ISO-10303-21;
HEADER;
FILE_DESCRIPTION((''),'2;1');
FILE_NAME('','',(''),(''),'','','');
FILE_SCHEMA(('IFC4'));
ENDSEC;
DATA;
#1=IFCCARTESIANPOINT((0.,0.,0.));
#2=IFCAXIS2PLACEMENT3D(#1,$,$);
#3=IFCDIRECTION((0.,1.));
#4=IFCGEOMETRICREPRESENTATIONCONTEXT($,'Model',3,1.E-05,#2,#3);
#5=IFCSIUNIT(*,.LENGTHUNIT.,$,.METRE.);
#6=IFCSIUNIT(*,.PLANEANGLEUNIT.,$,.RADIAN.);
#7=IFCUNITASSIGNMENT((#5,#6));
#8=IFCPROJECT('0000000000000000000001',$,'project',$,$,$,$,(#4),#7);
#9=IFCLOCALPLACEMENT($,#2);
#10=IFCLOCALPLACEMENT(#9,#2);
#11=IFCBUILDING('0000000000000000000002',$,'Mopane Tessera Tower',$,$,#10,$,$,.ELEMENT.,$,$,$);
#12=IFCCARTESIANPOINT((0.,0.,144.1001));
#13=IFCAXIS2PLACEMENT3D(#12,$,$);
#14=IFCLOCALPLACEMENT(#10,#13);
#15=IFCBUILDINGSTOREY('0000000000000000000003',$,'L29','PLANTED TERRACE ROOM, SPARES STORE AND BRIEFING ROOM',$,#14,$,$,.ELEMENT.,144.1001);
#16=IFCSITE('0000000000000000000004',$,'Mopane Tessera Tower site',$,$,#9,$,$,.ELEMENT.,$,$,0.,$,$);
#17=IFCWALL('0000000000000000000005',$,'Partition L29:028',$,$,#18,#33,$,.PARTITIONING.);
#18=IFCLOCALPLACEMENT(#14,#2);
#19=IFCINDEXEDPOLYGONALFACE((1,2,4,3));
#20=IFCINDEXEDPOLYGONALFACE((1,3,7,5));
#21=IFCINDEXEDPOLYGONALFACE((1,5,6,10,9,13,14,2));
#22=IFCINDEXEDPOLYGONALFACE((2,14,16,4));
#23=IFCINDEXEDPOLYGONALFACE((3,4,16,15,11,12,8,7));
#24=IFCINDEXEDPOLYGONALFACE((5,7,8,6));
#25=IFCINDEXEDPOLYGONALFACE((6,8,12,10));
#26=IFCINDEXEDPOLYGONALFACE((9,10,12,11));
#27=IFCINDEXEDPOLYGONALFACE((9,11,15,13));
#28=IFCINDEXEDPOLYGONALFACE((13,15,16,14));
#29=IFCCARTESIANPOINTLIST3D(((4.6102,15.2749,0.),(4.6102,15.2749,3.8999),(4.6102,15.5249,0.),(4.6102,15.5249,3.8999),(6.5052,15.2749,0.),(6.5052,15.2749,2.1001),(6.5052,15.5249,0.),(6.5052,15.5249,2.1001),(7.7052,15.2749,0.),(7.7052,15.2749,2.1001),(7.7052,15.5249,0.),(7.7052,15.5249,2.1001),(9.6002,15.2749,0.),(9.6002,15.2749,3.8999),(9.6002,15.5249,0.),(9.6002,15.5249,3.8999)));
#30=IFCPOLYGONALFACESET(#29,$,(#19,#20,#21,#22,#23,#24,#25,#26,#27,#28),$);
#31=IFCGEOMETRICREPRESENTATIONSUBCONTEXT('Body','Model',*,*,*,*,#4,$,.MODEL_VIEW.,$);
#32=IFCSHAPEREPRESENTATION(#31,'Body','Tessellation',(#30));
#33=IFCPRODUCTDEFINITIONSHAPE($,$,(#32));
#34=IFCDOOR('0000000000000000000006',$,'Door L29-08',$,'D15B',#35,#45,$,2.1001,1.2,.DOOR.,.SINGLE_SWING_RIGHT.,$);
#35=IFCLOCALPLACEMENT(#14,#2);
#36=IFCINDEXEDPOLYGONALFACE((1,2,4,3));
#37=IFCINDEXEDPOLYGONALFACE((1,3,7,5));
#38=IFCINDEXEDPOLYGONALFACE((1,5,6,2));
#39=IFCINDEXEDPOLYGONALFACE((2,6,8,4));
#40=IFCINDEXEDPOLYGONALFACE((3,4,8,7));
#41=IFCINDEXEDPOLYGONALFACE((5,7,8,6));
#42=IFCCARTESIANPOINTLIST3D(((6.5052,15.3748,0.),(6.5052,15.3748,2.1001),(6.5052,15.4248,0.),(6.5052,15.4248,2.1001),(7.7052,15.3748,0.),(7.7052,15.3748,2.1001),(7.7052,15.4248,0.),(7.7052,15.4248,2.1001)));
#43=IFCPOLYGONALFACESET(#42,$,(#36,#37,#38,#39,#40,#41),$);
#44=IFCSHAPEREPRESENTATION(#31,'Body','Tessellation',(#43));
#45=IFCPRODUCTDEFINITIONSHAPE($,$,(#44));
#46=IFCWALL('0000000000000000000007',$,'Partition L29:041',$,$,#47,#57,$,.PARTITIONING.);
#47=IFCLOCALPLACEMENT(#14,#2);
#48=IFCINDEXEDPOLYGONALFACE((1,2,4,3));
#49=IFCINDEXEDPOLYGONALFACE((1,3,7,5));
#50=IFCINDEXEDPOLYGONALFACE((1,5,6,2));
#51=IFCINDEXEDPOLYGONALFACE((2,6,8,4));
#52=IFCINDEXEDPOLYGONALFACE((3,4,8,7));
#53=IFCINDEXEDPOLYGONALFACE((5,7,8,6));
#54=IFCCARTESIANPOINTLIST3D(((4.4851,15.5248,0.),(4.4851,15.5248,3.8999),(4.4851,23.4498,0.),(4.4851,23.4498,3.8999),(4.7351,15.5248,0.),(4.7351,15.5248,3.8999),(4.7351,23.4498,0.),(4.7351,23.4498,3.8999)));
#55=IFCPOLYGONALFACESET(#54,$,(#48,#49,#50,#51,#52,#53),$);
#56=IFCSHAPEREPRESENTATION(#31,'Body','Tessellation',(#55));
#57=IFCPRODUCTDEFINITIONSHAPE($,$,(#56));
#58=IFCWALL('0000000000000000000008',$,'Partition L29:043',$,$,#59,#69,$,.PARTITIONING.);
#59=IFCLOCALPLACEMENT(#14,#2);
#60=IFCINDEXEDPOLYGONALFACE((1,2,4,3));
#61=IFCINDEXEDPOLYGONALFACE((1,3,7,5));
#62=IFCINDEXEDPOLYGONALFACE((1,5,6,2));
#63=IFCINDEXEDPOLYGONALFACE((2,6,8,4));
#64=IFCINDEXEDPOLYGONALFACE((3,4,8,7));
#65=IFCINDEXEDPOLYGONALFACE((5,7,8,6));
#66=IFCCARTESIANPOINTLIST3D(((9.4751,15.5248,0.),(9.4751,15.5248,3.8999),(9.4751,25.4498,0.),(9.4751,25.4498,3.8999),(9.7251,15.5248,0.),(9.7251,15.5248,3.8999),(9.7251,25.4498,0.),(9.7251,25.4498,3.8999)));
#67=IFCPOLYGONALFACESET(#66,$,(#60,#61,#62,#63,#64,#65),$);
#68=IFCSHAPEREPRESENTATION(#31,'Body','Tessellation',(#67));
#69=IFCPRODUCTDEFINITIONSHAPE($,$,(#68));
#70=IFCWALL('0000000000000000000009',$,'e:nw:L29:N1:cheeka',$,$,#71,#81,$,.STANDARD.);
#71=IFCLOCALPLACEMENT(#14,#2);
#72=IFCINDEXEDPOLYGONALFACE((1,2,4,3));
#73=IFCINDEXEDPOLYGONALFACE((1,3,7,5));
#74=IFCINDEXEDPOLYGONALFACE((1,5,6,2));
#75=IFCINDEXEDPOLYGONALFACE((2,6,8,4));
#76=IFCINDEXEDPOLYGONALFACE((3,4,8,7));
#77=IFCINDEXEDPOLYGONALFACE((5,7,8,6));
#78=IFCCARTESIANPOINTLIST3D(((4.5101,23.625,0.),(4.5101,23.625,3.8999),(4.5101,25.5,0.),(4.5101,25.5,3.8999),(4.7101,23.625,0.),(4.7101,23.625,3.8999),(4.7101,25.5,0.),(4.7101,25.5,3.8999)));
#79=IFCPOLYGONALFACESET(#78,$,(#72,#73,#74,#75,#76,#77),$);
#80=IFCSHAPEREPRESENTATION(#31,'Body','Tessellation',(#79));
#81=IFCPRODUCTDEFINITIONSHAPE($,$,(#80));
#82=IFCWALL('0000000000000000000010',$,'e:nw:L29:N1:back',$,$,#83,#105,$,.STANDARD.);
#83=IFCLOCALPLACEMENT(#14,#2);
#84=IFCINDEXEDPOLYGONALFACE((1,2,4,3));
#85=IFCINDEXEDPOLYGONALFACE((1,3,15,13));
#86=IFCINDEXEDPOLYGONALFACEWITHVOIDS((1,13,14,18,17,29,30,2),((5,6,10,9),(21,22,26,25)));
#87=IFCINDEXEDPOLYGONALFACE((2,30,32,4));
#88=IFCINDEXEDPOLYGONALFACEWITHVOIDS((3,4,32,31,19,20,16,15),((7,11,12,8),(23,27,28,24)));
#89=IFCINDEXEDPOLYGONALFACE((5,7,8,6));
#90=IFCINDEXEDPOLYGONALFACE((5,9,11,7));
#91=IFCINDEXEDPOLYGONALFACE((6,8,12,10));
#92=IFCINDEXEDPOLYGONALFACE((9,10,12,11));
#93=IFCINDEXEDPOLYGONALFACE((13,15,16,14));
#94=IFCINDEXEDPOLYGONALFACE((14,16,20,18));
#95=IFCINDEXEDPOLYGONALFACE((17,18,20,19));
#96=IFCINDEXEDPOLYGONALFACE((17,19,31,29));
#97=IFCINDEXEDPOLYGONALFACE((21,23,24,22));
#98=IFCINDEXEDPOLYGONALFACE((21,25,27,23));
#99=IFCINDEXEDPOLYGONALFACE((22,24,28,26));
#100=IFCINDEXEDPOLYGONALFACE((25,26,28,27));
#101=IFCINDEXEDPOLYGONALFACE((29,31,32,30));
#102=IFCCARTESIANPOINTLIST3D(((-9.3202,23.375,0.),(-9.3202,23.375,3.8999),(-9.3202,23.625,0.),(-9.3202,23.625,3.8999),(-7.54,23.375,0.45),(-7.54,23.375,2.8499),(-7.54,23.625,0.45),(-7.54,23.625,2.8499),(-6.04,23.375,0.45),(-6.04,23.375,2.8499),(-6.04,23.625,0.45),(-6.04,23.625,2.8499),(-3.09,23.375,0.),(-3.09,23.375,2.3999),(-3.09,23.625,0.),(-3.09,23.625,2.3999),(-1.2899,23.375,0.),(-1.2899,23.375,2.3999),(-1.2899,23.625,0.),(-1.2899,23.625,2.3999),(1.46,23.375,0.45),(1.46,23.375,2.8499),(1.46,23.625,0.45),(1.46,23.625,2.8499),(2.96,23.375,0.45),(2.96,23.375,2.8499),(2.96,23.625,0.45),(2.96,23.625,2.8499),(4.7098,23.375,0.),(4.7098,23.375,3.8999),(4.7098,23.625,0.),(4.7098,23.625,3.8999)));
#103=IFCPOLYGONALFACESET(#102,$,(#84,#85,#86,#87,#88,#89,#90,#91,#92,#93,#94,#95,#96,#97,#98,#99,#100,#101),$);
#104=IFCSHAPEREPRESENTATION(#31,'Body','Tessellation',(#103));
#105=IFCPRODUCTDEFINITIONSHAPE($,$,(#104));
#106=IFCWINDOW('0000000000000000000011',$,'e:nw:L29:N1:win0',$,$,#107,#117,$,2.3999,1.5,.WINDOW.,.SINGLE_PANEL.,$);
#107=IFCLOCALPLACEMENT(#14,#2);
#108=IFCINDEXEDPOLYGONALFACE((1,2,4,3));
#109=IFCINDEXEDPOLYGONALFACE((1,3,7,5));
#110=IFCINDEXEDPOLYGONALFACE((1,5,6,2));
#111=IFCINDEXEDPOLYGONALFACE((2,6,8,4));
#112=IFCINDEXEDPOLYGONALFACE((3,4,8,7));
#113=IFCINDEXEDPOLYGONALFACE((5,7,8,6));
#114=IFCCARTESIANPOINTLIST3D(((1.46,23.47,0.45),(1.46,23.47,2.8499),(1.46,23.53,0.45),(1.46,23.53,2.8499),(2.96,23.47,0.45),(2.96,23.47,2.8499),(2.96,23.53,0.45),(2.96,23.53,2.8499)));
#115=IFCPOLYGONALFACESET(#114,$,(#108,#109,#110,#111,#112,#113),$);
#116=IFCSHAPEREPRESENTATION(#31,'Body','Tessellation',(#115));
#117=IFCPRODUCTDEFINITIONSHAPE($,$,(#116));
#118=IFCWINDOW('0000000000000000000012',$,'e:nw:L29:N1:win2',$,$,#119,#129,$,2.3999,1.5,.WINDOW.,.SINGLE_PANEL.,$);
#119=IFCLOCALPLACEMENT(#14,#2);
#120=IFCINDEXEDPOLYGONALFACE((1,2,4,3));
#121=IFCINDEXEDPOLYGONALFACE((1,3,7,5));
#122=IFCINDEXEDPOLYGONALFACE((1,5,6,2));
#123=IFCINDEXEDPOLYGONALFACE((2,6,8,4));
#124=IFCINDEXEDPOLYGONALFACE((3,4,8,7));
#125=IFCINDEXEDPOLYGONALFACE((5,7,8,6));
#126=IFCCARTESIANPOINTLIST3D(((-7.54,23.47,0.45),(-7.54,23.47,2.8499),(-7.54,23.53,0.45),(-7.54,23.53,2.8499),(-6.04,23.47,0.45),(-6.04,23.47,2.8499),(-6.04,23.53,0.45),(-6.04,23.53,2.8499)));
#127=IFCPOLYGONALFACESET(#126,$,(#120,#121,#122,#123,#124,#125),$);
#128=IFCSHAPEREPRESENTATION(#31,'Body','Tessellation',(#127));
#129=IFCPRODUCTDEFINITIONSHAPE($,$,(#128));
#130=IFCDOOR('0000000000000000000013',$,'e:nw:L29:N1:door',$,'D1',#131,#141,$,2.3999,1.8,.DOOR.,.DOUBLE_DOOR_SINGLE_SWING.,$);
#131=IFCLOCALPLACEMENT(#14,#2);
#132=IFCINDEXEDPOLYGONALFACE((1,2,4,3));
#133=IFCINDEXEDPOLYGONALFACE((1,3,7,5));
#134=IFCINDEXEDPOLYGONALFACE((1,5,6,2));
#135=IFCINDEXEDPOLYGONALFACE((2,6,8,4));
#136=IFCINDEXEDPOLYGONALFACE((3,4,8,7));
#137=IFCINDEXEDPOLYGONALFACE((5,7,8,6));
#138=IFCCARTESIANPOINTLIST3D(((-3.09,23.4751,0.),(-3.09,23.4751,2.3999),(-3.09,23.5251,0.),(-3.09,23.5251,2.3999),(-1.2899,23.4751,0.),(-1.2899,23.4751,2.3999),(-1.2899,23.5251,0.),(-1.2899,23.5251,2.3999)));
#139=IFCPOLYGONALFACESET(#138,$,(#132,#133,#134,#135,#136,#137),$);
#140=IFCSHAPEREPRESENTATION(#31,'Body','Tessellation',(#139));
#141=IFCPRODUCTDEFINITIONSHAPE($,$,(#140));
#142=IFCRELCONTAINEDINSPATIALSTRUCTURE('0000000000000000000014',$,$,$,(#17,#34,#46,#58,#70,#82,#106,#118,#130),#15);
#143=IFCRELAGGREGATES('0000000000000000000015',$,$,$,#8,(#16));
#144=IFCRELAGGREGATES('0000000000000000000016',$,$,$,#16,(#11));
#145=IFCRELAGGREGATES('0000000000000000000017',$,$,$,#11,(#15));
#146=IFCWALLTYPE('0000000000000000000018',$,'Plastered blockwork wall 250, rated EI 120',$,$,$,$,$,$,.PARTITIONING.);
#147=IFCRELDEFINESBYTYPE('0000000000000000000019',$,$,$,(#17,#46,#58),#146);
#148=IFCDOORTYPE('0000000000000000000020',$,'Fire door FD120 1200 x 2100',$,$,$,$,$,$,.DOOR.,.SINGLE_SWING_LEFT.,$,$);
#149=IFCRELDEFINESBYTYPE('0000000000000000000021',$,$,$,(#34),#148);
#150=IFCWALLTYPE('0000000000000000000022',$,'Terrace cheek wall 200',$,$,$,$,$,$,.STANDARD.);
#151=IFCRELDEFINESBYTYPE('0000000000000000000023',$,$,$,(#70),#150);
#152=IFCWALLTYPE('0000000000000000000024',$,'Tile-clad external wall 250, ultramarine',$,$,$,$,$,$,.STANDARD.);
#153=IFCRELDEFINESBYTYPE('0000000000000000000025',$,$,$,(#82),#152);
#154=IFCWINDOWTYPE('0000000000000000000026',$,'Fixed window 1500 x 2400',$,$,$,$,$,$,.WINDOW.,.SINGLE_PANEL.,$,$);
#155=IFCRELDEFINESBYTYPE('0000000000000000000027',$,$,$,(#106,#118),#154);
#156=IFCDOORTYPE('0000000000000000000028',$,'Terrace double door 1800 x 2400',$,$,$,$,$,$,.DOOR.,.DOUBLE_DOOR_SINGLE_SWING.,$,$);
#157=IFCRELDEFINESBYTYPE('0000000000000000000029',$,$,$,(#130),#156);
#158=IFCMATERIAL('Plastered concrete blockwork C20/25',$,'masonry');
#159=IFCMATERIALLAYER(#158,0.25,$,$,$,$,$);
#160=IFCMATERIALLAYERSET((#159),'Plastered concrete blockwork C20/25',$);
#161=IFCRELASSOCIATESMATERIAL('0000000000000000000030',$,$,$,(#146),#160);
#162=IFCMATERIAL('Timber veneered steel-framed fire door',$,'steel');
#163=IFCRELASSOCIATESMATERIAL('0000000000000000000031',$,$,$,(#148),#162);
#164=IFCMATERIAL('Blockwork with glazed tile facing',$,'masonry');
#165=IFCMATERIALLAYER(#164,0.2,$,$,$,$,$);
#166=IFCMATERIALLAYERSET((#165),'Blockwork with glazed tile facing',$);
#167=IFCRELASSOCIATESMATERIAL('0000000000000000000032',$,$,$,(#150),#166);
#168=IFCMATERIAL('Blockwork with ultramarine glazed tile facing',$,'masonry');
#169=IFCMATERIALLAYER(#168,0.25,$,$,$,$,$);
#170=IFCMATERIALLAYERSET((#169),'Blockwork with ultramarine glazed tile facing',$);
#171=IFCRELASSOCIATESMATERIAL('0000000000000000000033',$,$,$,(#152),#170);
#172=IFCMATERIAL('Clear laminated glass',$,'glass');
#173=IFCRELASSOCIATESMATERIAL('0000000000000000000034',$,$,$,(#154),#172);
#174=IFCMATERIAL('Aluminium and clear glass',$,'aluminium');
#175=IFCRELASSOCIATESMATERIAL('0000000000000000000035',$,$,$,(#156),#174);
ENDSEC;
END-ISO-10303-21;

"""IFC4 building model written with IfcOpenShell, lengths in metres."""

from ifc_helpers import new_model, si_unit, direction, frame, frame_2d, origin, place, context, subcontext, project, spatial, rectangle, extrude, material, layer, layer_set, type_object, element, fill, save


model = new_model("IFC4")

# Units and contexts
model_context = context("Model", 3, precision=1e-05, world=origin(), true_north=direction((0.0, 1.0)))
body_context = subcontext(model_context, "Body", "Model", "MODEL_VIEW")
ifc_project = project(units=[si_unit("LENGTHUNIT", "METRE"), si_unit("PLANEANGLEUNIT", "RADIAN")], contexts=[model_context])

# Site, building, storey
site_placement = place(None, origin())
site = spatial("IfcSite", under=ifc_project, at=site_placement, Name="Mopane Tessera Tower site", CompositionType="ELEMENT", RefElevation=0.0)
building_placement = place(site_placement, origin())
building = spatial("IfcBuilding", under=site, at=building_placement, Name="Mopane Tessera Tower", CompositionType="ELEMENT")
storey_placement = place(building_placement, frame((0.0, 0.0, 144.1001)))
storey = spatial("IfcBuildingStorey", under=building, at=storey_placement, Name="L29", Description="PLANTED TERRACE ROOM, SPARES STORE AND BRIEFING ROOM", CompositionType="ELEMENT", Elevation=144.1001)

# Wall, opening, door
ifc_material_1 = material(Name="Plastered concrete blockwork C20/25", Category="masonry")
ifc_layer_1 = layer(ifc_material_1, 0.25)
ifc_layer_set_1 = layer_set([ifc_layer_1], Name="Plastered concrete blockwork C20/25")
wall_type_1 = type_object("IfcWallType", Name="Plastered blockwork wall 250, rated EI 120", PredefinedType="PARTITIONING", material=ifc_layer_set_1)
wall_1_placement = place(storey_placement, frame((4.6101, 15.3999, 0.0), z_axis=(0.0, 0.0, 1.0), x_axis=(1.0, 0.0, 0.0)))
wall_1 = element("IfcWall", 1, at=wall_1_placement, inside=storey, type_object=wall_type_1, Name="Partition L29:028", PredefinedType="PARTITIONING", context=body_context, shape_type="SweptSolid", body=[
    extrude(rectangle(XDim=4.99, YDim=0.25, at=frame_2d((2.4951, 0.0))), origin(), (0.0, 0.0, 1.0), 3.8999),
])
opening_1_placement = place(wall_1_placement, frame((1.895, 0.0, 0.0)))
opening_1 = element("IfcOpeningElement", 2, at=opening_1_placement, cuts=wall_1, PredefinedType="OPENING", context=body_context, shape_type="SweptSolid", body=[
    extrude(rectangle(XDim=1.2, YDim=2.1001, at=frame_2d((0.6001, 1.05))), frame((0.0, 0.137, 0.0), z_axis=(0.0, -1.0, 0.0), x_axis=(1.0, 0.0, 0.0)), (0.0, 0.0, 1.0), 0.2739),
])
ifc_material_2 = material(Name="Timber veneered steel-framed fire door", Category="steel")
door_type_1 = type_object("IfcDoorType", Name="Fire door FD120 1200 x 2100", OperationType="SINGLE_SWING_LEFT", PredefinedType="DOOR", material=ifc_material_2)
door_1_placement = place(opening_1_placement, origin())
door_1 = element("IfcDoor", 3, at=door_1_placement, inside=storey, type_object=door_type_1, Name="Door L29-08", ObjectType="D15B", OperationType="SINGLE_SWING_RIGHT", OverallHeight=2.1001, OverallWidth=1.2, PredefinedType="DOOR", context=body_context, shape_type="SweptSolid", body=[
    extrude(rectangle(XDim=1.2, YDim=2.1001, at=frame_2d((0.6001, 1.05))), frame((0.0, 0.0249, 0.0), z_axis=(0.0, -1.0, 0.0), x_axis=(1.0, 0.0, 0.0)), (0.0, 0.0, 1.0), 0.05),
])
fill(opening_1, door_1)

# Walls
wall_2_placement = place(storey_placement, frame((4.6101, 15.5249, 0.0), z_axis=(0.0, 0.0, 1.0), x_axis=(0.0, 1.0, 0.0)))
element("IfcWall", 4, at=wall_2_placement, inside=storey, type_object=wall_type_1, Name="Partition L29:041", PredefinedType="PARTITIONING", context=body_context, shape_type="SweptSolid", body=[
    extrude(rectangle(XDim=7.925, YDim=0.25, at=frame_2d((3.9624, 0.0))), origin(), (0.0, 0.0, 1.0), 3.8999),
])
wall_3_placement = place(storey_placement, frame((9.6001, 15.5249, 0.0), z_axis=(0.0, 0.0, 1.0), x_axis=(0.0, 1.0, 0.0)))
element("IfcWall", 5, at=wall_3_placement, inside=storey, type_object=wall_type_1, Name="Partition L29:043", PredefinedType="PARTITIONING", context=body_context, shape_type="SweptSolid", body=[
    extrude(rectangle(XDim=9.925, YDim=0.25, at=frame_2d((4.9624, 0.0))), origin(), (0.0, 0.0, 1.0), 3.8999),
])
ifc_material_3 = material(Name="Blockwork with glazed tile facing", Category="masonry")
ifc_layer_2 = layer(ifc_material_3, 0.2)
ifc_layer_set_2 = layer_set([ifc_layer_2], Name="Blockwork with glazed tile facing")
wall_type_2 = type_object("IfcWallType", Name="Terrace cheek wall 200", PredefinedType="STANDARD", material=ifc_layer_set_2)
wall_4_placement = place(storey_placement, frame((4.6101, 25.5, 0.0), z_axis=(0.0, 0.0, 1.0), x_axis=(0.0, -1.0, 0.0)))
element("IfcWall", 6, at=wall_4_placement, inside=storey, type_object=wall_type_2, Name="e:nw:L29:N1:cheeka", PredefinedType="STANDARD", context=body_context, shape_type="SweptSolid", body=[
    extrude(rectangle(XDim=1.875, YDim=0.2, at=frame_2d((0.9375, 0.0))), origin(), (0.0, 0.0, 1.0), 3.8999),
])

# Wall, openings, windows, door
ifc_material_4 = material(Name="Blockwork with ultramarine glazed tile facing", Category="masonry")
ifc_layer_3 = layer(ifc_material_4, 0.25)
ifc_layer_set_3 = layer_set([ifc_layer_3], Name="Blockwork with ultramarine glazed tile facing")
wall_type_3 = type_object("IfcWallType", Name="Tile-clad external wall 250, ultramarine", PredefinedType="STANDARD", material=ifc_layer_set_3)
wall_5_placement = place(storey_placement, frame((4.71, 23.5, 0.0), z_axis=(0.0, 0.0, 1.0), x_axis=(-1.0, 0.0, 0.0)))
wall_5 = element("IfcWall", 7, at=wall_5_placement, inside=storey, type_object=wall_type_3, Name="e:nw:L29:N1:back", PredefinedType="STANDARD", context=body_context, shape_type="SweptSolid", body=[
    extrude(rectangle(XDim=14.03, YDim=0.25, at=frame_2d((7.0151, 0.0))), origin(), (0.0, 0.0, 1.0), 3.8999),
])
opening_2_placement = place(wall_5_placement, frame((1.75, 0.0, 0.45)))
opening_2 = element("IfcOpeningElement", 8, at=opening_2_placement, cuts=wall_5, PredefinedType="OPENING", context=body_context, shape_type="SweptSolid", body=[
    extrude(rectangle(XDim=1.5, YDim=2.3999, at=frame_2d((0.75, 1.2))), frame((0.0, 0.137, 0.0), z_axis=(0.0, -1.0, 0.0), x_axis=(1.0, 0.0, 0.0)), (0.0, 0.0, 1.0), 0.2739),
])
opening_3_placement = place(wall_5_placement, frame((6.0, 0.0, 0.0)))
opening_3 = element("IfcOpeningElement", 9, at=opening_3_placement, cuts=wall_5, PredefinedType="OPENING", context=body_context, shape_type="SweptSolid", body=[
    extrude(rectangle(XDim=1.8, YDim=2.3999, at=frame_2d((0.8999, 1.2))), frame((0.0, 0.137, 0.0), z_axis=(0.0, -1.0, 0.0), x_axis=(1.0, 0.0, 0.0)), (0.0, 0.0, 1.0), 0.2739),
])
opening_4_placement = place(wall_5_placement, frame((10.75, 0.0, 0.45)))
opening_4 = element("IfcOpeningElement", 10, at=opening_4_placement, cuts=wall_5, PredefinedType="OPENING", context=body_context, shape_type="SweptSolid", body=[
    extrude(rectangle(XDim=1.5, YDim=2.3999, at=frame_2d((0.75, 1.2))), frame((0.0, 0.137, 0.0), z_axis=(0.0, -1.0, 0.0), x_axis=(1.0, 0.0, 0.0)), (0.0, 0.0, 1.0), 0.2739),
])
ifc_material_5 = material(Name="Clear laminated glass", Category="glass")
window_type = type_object("IfcWindowType", Name="Fixed window 1500 x 2400", PartitioningType="SINGLE_PANEL", PredefinedType="WINDOW", material=ifc_material_5)
window_1_placement = place(opening_2_placement, origin())
window_1 = element("IfcWindow", 11, at=window_1_placement, inside=storey, type_object=window_type, Name="e:nw:L29:N1:win0", OverallHeight=2.3999, OverallWidth=1.5, PartitioningType="SINGLE_PANEL", PredefinedType="WINDOW", context=body_context, shape_type="SweptSolid", body=[
    extrude(rectangle(XDim=1.5, YDim=2.3999, at=frame_2d((0.75, 1.2))), frame((0.0, 0.03, 0.0), z_axis=(0.0, -1.0, 0.0), x_axis=(1.0, 0.0, 0.0)), (0.0, 0.0, 1.0), 0.0601),
])
fill(opening_2, window_1)
window_2_placement = place(opening_4_placement, origin())
window_2 = element("IfcWindow", 12, at=window_2_placement, inside=storey, type_object=window_type, Name="e:nw:L29:N1:win2", OverallHeight=2.3999, OverallWidth=1.5, PartitioningType="SINGLE_PANEL", PredefinedType="WINDOW", context=body_context, shape_type="SweptSolid", body=[
    extrude(rectangle(XDim=1.5, YDim=2.3999, at=frame_2d((0.75, 1.2))), frame((0.0, 0.03, 0.0), z_axis=(0.0, -1.0, 0.0), x_axis=(1.0, 0.0, 0.0)), (0.0, 0.0, 1.0), 0.0601),
])
fill(opening_4, window_2)
ifc_material_6 = material(Name="Aluminium and clear glass", Category="aluminium")
door_type_2 = type_object("IfcDoorType", Name="Terrace double door 1800 x 2400", OperationType="DOUBLE_DOOR_SINGLE_SWING", PredefinedType="DOOR", material=ifc_material_6)
door_2_placement = place(opening_3_placement, origin())
door_2 = element("IfcDoor", 13, at=door_2_placement, inside=storey, type_object=door_type_2, Name="e:nw:L29:N1:door", ObjectType="D1", OperationType="DOUBLE_DOOR_SINGLE_SWING", OverallHeight=2.3999, OverallWidth=1.8, PredefinedType="DOOR", context=body_context, shape_type="SweptSolid", body=[
    extrude(rectangle(XDim=1.8, YDim=2.3999, at=frame_2d((0.8999, 1.2))), frame((0.0, 0.0249, 0.0), z_axis=(0.0, -1.0, 0.0), x_axis=(1.0, 0.0, 0.0)), (0.0, 0.0, 1.0), 0.05),
])
fill(opening_3, door_2)

save(model, "model.ifc")
